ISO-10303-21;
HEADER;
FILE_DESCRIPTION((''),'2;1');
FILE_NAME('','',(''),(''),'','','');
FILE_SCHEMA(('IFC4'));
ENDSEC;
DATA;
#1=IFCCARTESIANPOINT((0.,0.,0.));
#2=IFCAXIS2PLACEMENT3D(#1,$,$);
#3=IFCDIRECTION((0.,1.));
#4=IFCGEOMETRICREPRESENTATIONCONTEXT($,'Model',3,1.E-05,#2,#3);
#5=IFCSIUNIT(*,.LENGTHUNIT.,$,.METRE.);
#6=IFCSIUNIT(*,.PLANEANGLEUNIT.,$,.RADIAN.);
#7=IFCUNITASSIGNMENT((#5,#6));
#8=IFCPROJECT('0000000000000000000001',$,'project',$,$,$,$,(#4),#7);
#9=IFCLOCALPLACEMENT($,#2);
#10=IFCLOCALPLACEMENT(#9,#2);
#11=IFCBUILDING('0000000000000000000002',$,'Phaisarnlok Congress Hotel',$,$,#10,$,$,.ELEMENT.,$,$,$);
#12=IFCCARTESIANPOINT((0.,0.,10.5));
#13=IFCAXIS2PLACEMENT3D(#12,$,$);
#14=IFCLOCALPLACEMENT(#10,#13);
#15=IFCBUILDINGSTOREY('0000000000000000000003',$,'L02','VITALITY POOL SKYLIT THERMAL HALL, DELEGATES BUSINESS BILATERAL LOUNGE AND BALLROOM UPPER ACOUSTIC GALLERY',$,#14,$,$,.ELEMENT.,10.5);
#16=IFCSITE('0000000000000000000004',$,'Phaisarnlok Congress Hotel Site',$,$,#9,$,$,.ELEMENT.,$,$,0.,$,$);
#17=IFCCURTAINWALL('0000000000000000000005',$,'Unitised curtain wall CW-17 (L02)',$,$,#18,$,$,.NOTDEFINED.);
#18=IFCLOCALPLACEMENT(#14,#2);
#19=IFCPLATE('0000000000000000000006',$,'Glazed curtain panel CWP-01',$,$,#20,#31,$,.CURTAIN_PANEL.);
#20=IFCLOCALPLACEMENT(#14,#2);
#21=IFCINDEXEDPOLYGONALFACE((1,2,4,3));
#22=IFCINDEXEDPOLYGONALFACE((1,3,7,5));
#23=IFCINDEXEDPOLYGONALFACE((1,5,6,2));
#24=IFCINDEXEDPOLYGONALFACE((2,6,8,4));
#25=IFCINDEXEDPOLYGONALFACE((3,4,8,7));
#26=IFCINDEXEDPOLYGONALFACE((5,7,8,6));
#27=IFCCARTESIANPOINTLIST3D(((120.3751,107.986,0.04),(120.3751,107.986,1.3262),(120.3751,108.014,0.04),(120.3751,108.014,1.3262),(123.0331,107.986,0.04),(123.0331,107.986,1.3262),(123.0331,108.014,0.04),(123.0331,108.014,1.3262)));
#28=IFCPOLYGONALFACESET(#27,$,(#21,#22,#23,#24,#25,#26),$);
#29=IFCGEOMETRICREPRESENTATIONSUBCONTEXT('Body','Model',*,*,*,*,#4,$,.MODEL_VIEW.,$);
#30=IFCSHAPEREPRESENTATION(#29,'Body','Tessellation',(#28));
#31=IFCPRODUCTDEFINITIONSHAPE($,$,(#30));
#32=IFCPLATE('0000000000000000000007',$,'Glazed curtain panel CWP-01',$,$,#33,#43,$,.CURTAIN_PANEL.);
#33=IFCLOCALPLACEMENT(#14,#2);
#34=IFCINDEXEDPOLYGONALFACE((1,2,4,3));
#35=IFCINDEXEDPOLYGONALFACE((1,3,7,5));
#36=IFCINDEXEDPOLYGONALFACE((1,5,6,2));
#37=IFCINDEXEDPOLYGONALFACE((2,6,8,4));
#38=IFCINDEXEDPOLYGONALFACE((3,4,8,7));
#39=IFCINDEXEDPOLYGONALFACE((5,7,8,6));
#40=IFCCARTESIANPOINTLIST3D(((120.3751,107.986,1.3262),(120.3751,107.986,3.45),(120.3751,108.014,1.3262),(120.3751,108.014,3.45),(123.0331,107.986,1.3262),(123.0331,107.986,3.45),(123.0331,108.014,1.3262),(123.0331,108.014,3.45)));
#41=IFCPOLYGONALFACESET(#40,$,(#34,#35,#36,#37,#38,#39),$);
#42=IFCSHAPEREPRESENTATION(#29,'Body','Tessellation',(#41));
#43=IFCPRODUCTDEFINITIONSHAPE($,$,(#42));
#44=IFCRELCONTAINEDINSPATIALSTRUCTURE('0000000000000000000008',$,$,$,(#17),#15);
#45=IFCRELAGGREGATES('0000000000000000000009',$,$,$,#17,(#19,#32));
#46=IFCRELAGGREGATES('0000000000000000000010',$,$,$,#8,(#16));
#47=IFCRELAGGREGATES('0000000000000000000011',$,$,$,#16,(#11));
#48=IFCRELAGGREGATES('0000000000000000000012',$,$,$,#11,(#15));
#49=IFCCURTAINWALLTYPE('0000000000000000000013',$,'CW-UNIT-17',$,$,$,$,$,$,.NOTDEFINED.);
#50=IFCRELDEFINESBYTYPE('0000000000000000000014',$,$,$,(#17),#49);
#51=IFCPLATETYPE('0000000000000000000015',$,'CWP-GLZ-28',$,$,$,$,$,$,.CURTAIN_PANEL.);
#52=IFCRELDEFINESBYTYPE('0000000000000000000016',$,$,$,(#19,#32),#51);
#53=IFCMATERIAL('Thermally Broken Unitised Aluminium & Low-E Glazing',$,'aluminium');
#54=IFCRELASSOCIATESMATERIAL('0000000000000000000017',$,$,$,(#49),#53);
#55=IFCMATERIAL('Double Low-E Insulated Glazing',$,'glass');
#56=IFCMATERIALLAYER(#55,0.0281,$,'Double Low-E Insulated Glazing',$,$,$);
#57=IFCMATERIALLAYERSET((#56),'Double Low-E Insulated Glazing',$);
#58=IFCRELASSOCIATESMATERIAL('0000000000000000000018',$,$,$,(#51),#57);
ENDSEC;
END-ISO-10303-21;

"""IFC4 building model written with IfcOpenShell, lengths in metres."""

from ifc_helpers import new_model, si_unit, direction, frame, frame_2d, origin, place, context, subcontext, project, spatial, rectangle, extrude, material, layer, layer_set, type_object, element, aggregate, save


model = new_model("IFC4")

# Units and contexts
model_context = context("Model", 3, precision=1e-05, world=origin(), true_north=direction((0.0, 1.0)))
body_context = subcontext(model_context, "Body", "Model", "MODEL_VIEW")
ifc_project = project(units=[si_unit("LENGTHUNIT", "METRE"), si_unit("PLANEANGLEUNIT", "RADIAN")], contexts=[model_context])

# Site, building, storey
site_placement = place(None, origin())
site = spatial("IfcSite", under=ifc_project, at=site_placement, Name="Phaisarnlok Congress Hotel Site", CompositionType="ELEMENT", RefElevation=0.0)
building_placement = place(site_placement, origin())
building = spatial("IfcBuilding", under=site, at=building_placement, Name="Phaisarnlok Congress Hotel", CompositionType="ELEMENT")
storey_placement = place(building_placement, frame((0.0, 0.0, 10.5)))
storey = spatial("IfcBuildingStorey", under=building, at=storey_placement, Name="L02", Description="VITALITY POOL SKYLIT THERMAL HALL, DELEGATES BUSINESS BILATERAL LOUNGE AND BALLROOM UPPER ACOUSTIC GALLERY", CompositionType="ELEMENT", Elevation=10.5)

# Curtain wall
ifc_material_1 = material(Name="Thermally Broken Unitised Aluminium & Low-E Glazing", Category="aluminium")
curtain_wall_type_1 = type_object("IfcCurtainWallType", Name="CW-UNIT-17", PredefinedType="NOTDEFINED", material=ifc_material_1)
curtain_wall_1_placement = place(storey_placement, origin())
curtain_wall_1 = element("IfcCurtainWall", 1, at=curtain_wall_1_placement, inside=storey, type_object=curtain_wall_type_1, Name="Unitised curtain wall CW-17 (L02)", PredefinedType="NOTDEFINED")

# Shared definitions
ifc_material_2 = material(Name="Double Low-E Insulated Glazing", Category="glass")
ifc_layer = layer(ifc_material_2, 0.0281, Name="Double Low-E Insulated Glazing")
ifc_layer_set = layer_set([ifc_layer], Name="Double Low-E Insulated Glazing")
plate_type = type_object("IfcPlateType", Name="CWP-GLZ-28", PredefinedType="CURTAIN_PANEL", material=ifc_layer_set)

# Plates
plate_1_placement = place(storey_placement, frame((120.375, 108.0, 0.04), z_axis=(0.0, 0.0, 1.0), x_axis=(1.0, 0.0, 0.0)))
plate_1 = element("IfcPlate", 2, at=plate_1_placement, type_object=plate_type, Name="Glazed curtain panel CWP-01", PredefinedType="CURTAIN_PANEL", context=body_context, shape_type="SweptSolid", body=[
    extrude(rectangle(XDim=2.658, YDim=0.0281, at=frame_2d((1.3291, 0.0))), origin(), (0.0, 0.0, 1.0), 1.2861),
])
plate_2_placement = place(storey_placement, frame((120.375, 108.0, 1.3262), z_axis=(0.0, 0.0, 1.0), x_axis=(1.0, 0.0, 0.0)))
plate_2 = element("IfcPlate", 3, at=plate_2_placement, type_object=plate_type, Name="Glazed curtain panel CWP-01", PredefinedType="CURTAIN_PANEL", context=body_context, shape_type="SweptSolid", body=[
    extrude(rectangle(XDim=2.658, YDim=0.0281, at=frame_2d((1.3291, 0.0))), origin(), (0.0, 0.0, 1.0), 2.1238),
])
aggregate(curtain_wall_1, [plate_1, plate_2])

save(model, "model.ifc")
